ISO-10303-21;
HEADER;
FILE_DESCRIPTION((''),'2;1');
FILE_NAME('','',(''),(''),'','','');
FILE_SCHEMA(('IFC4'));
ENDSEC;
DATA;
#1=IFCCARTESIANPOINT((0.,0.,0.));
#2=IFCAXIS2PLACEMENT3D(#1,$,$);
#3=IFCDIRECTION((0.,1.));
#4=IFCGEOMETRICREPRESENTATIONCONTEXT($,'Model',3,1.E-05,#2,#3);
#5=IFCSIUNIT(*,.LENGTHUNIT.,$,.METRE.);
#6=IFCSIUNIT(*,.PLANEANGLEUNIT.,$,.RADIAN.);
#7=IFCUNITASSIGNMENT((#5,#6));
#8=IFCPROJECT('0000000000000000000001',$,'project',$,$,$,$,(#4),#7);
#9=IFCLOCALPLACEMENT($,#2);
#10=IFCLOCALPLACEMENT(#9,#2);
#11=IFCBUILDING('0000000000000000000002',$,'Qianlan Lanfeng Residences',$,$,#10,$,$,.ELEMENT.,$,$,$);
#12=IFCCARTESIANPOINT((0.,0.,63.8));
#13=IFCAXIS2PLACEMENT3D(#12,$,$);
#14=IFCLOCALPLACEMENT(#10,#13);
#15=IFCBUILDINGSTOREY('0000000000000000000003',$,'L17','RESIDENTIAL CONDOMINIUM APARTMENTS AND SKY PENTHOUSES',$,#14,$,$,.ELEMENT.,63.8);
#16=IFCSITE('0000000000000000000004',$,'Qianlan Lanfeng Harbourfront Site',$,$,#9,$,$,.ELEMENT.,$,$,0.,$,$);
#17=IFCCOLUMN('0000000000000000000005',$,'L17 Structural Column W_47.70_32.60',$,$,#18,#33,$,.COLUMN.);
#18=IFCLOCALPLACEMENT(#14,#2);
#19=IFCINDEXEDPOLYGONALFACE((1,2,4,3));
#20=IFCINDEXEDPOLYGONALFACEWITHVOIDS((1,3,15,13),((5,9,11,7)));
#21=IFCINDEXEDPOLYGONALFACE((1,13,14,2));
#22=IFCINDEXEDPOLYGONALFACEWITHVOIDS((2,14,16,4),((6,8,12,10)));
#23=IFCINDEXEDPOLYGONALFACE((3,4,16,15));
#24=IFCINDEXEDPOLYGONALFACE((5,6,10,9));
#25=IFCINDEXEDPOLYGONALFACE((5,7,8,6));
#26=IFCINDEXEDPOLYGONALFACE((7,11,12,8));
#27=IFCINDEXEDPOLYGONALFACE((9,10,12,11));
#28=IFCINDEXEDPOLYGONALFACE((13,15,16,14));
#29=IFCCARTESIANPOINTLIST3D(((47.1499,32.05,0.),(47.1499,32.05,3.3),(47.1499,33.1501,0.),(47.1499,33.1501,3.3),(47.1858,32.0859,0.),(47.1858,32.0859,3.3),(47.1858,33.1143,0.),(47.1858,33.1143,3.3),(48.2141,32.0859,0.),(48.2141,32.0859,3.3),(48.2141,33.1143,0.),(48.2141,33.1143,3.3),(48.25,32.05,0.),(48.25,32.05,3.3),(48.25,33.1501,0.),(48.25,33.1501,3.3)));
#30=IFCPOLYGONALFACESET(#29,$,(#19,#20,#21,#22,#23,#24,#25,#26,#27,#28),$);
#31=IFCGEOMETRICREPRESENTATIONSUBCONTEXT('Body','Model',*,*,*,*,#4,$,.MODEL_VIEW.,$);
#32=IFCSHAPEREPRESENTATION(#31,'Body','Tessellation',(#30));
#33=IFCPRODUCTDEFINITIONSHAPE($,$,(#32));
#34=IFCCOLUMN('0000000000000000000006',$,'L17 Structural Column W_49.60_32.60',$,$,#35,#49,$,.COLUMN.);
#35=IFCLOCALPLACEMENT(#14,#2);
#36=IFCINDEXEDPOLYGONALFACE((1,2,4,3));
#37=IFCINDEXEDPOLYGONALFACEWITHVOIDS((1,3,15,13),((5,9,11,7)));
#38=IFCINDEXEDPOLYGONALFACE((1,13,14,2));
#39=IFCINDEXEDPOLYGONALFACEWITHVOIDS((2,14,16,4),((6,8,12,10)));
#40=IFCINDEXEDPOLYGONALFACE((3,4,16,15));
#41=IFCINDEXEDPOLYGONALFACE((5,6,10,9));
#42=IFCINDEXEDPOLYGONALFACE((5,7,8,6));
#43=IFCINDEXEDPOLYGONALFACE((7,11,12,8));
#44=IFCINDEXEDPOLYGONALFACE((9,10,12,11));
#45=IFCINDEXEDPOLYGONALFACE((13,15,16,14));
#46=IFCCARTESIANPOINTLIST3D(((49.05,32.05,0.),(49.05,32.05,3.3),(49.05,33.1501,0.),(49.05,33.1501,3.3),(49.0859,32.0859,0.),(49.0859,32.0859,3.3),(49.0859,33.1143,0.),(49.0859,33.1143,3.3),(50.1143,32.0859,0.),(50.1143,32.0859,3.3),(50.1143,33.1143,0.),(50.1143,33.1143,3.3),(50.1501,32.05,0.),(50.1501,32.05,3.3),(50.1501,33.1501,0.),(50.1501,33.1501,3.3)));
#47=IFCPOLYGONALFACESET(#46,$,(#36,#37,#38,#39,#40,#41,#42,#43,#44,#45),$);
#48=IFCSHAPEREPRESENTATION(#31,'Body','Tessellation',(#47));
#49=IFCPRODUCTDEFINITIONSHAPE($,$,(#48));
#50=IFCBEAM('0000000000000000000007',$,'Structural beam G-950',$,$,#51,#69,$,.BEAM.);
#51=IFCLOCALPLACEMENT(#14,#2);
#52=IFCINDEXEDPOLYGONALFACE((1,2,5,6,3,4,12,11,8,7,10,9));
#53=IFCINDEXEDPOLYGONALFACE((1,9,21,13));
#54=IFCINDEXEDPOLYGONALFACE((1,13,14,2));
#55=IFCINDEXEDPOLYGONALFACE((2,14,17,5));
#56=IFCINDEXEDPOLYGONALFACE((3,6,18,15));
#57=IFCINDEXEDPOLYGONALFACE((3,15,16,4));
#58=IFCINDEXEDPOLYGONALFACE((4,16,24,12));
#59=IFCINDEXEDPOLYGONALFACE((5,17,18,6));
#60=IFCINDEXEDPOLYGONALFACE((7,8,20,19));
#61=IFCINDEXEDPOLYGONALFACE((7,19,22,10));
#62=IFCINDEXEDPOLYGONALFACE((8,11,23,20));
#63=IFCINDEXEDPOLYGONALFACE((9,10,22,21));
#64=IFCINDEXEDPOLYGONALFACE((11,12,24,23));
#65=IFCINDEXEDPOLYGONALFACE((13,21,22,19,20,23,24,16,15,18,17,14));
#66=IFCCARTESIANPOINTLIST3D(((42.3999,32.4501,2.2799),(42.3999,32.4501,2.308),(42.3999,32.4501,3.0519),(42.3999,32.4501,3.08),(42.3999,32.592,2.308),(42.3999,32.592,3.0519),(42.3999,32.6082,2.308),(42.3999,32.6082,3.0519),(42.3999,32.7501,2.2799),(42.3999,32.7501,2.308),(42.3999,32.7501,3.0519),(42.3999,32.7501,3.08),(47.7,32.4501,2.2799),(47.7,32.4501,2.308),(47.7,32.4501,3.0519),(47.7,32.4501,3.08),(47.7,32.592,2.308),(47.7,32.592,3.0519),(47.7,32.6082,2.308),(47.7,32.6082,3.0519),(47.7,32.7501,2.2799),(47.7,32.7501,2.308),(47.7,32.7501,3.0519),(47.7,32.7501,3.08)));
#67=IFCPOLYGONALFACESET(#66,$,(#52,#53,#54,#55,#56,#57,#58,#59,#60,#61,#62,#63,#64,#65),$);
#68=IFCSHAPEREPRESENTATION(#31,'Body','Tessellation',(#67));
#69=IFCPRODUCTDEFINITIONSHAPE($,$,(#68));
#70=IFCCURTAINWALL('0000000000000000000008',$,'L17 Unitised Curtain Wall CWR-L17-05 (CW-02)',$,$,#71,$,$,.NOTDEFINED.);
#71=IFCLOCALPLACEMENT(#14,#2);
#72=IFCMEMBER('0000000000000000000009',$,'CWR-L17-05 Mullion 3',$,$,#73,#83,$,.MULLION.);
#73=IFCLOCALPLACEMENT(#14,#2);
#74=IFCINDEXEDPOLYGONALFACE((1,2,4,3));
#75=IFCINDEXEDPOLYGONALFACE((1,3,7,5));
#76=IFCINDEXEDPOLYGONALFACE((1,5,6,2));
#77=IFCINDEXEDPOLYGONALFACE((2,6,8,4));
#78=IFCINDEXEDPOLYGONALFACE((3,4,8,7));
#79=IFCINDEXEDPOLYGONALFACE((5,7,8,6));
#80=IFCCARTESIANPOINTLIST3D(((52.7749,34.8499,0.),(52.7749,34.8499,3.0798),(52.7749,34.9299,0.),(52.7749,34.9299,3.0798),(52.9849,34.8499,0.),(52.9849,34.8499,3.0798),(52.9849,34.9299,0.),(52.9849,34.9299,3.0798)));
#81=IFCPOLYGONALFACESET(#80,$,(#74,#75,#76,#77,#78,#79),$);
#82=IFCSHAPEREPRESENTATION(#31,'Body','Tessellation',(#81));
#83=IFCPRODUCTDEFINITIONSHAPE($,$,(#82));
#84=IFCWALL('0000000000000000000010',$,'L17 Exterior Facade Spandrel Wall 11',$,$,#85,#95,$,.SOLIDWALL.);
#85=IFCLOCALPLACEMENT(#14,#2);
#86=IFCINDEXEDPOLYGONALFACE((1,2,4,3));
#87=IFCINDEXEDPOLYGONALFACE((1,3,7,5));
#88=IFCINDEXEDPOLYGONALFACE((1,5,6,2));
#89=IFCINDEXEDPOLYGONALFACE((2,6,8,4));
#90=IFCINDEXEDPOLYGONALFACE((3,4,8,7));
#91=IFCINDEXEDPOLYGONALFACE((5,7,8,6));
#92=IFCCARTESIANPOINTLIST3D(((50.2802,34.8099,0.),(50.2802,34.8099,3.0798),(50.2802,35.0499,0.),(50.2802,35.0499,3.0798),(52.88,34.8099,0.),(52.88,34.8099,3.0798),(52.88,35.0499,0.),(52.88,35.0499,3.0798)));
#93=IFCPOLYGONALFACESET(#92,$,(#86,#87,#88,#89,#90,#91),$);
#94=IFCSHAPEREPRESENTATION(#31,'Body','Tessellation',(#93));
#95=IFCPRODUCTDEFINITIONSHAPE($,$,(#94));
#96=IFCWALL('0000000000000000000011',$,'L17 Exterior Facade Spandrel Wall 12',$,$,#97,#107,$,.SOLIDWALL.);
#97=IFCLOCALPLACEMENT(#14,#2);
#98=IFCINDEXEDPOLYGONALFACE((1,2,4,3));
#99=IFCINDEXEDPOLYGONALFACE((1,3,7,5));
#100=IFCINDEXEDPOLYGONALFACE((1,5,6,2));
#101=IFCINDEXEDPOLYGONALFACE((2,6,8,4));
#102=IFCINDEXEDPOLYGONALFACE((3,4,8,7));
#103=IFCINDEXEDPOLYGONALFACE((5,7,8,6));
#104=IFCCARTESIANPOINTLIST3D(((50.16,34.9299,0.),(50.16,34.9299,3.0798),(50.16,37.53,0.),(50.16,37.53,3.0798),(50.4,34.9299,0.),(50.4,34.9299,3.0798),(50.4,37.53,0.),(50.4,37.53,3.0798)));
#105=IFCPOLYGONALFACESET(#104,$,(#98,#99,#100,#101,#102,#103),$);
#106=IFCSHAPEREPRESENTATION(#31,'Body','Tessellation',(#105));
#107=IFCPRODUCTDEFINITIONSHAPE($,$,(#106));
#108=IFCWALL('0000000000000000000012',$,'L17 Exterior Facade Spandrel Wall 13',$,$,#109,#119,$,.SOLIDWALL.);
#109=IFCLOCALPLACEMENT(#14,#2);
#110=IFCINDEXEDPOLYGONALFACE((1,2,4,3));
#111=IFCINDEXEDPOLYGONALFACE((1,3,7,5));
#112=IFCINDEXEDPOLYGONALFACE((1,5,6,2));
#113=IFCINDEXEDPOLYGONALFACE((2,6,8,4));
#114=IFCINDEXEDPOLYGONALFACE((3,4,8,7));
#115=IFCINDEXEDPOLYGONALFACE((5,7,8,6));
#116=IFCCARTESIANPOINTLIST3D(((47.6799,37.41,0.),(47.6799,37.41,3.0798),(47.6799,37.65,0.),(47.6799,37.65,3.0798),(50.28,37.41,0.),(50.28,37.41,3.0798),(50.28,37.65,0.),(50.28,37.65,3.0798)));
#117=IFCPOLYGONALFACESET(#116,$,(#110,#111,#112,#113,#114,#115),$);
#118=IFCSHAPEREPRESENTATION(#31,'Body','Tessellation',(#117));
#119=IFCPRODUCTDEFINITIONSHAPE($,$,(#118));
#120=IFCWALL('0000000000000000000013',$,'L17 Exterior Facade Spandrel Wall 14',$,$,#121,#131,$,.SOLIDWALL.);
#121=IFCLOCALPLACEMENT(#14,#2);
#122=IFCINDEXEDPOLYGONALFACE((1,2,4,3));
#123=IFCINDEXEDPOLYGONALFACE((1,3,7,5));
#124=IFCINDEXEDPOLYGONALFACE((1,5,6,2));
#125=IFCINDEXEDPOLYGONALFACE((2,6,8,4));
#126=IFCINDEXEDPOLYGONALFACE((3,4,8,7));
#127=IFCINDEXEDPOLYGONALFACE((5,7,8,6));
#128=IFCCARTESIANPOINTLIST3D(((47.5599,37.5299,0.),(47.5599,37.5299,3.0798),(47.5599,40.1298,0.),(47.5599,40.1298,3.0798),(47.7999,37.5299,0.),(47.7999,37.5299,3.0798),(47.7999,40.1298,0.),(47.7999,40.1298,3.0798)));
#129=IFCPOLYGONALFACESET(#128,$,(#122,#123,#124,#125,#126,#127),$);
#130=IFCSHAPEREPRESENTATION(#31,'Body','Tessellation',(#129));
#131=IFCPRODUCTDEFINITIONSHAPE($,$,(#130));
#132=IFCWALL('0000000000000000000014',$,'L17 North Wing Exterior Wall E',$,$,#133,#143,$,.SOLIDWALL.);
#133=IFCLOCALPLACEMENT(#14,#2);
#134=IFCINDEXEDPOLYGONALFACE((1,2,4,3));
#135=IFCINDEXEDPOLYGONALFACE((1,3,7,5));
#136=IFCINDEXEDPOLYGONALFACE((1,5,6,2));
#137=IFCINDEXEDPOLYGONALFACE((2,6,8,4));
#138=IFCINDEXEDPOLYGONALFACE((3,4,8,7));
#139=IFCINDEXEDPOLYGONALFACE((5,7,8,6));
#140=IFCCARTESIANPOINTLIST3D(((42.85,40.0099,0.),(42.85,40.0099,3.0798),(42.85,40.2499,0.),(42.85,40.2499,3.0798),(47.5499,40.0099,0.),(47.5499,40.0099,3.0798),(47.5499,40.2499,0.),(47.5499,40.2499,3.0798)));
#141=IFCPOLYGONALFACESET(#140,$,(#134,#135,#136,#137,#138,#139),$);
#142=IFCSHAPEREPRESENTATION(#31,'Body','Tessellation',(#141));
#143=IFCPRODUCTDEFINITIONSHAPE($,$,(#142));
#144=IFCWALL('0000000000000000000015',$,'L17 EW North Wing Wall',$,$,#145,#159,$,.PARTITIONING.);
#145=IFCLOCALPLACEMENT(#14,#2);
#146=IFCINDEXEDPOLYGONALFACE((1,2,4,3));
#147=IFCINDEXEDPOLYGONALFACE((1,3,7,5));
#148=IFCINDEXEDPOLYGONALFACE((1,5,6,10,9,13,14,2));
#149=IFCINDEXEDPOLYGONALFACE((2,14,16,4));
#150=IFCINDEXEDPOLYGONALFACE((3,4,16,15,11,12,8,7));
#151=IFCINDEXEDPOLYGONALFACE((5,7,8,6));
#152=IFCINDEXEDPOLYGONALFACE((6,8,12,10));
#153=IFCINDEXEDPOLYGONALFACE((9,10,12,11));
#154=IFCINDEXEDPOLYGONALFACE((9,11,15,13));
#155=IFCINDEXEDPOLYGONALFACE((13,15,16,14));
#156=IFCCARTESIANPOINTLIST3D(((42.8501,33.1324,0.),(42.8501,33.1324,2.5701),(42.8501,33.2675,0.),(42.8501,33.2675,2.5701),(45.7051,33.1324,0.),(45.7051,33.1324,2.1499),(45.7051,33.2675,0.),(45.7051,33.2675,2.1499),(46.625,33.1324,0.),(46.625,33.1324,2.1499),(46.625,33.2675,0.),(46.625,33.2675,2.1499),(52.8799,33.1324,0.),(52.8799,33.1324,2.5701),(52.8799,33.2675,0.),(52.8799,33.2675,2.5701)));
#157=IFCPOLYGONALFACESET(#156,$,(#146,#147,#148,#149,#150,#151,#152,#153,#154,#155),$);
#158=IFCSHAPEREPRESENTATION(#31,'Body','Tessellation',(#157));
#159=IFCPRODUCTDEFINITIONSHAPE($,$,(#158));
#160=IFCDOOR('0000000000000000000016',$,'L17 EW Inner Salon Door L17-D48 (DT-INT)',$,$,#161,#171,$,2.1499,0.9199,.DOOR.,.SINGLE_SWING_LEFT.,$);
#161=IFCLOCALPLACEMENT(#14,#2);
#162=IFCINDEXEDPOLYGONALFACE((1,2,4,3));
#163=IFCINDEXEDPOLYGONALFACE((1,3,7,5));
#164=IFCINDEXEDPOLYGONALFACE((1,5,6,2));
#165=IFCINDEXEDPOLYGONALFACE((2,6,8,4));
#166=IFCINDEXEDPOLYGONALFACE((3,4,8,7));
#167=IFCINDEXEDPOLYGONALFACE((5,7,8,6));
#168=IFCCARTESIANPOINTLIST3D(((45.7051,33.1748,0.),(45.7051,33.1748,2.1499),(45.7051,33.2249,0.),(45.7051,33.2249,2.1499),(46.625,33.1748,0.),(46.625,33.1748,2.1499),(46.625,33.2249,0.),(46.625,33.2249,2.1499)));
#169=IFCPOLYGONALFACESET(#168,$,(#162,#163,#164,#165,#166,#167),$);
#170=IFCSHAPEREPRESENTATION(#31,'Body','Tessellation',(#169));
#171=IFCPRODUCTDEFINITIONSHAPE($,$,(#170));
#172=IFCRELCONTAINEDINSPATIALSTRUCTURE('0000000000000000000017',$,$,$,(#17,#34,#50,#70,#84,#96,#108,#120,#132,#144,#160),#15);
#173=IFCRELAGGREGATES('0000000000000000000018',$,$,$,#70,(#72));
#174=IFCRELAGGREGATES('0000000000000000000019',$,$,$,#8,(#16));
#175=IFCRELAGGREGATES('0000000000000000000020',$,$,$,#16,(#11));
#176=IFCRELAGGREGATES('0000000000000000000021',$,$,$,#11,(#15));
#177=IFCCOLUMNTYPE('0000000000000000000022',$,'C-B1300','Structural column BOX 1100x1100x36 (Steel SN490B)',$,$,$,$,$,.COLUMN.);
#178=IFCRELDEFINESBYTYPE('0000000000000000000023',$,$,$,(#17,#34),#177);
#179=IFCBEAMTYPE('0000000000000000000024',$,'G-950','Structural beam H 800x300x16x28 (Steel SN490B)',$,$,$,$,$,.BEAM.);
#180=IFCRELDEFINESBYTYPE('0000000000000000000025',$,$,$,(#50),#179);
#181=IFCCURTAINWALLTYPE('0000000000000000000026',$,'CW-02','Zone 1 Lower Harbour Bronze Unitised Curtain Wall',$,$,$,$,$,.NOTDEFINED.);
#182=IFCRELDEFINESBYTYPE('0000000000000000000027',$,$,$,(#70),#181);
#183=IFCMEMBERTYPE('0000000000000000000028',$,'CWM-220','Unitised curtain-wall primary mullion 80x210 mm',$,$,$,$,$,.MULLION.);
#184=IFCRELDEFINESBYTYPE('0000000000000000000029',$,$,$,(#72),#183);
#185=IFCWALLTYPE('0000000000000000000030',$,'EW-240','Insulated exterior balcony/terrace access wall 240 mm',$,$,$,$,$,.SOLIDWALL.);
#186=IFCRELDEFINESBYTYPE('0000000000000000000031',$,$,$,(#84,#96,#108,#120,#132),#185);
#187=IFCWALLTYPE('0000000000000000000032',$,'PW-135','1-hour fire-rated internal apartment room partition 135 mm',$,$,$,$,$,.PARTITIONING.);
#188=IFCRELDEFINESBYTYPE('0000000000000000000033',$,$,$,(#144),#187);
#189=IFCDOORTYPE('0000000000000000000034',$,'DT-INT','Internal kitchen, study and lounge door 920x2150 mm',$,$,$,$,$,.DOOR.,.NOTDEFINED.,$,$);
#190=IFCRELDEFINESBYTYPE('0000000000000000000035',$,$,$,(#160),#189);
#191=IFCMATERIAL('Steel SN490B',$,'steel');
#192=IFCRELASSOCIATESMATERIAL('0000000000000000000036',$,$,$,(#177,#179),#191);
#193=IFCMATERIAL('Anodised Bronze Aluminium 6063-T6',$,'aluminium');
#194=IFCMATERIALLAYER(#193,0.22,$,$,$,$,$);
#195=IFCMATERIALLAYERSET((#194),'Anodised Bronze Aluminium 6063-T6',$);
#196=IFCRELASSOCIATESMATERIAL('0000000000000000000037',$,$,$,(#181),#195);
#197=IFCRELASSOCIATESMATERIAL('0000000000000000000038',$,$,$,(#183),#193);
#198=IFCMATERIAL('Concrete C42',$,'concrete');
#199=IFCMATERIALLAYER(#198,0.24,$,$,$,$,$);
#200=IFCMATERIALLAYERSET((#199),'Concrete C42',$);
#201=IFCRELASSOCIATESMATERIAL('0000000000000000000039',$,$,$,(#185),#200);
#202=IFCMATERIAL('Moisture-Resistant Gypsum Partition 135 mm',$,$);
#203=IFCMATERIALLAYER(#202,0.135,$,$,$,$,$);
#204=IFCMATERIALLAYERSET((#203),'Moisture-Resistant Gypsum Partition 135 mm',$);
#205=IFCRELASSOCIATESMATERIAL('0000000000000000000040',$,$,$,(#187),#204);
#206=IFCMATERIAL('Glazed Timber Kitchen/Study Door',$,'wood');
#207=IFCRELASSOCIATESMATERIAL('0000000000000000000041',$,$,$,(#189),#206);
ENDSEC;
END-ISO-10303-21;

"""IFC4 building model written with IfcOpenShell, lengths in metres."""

from ifc_helpers import new_model, si_unit, direction, frame, frame_2d, origin, origin_2d, place, context, subcontext, project, spatial, rectangle, hollow_rectangle, i_section, extrude, source, transform, mapped, material, layer, layer_set, material_profile, profile_set, type_object, element, fill, aggregate, save


model = new_model("IFC4")

# Units and contexts
model_context = context("Model", 3, precision=1e-05, world=origin(), true_north=direction((0.0, 1.0)))
body_context = subcontext(model_context, "Body", "Model", "MODEL_VIEW")
ifc_project = project(units=[si_unit("LENGTHUNIT", "METRE"), si_unit("PLANEANGLEUNIT", "RADIAN")], contexts=[model_context])

# Site, building, storey
site_placement = place(None, origin())
site = spatial("IfcSite", under=ifc_project, at=site_placement, Name="Qianlan Lanfeng Harbourfront Site", CompositionType="ELEMENT", RefElevation=0.0)
building_placement = place(site_placement, origin())
building = spatial("IfcBuilding", under=site, at=building_placement, Name="Qianlan Lanfeng Residences", CompositionType="ELEMENT")
storey_placement = place(building_placement, frame((0.0, 0.0, 63.8)))
storey = spatial("IfcBuildingStorey", under=building, at=storey_placement, Name="L17", Description="RESIDENTIAL CONDOMINIUM APARTMENTS AND SKY PENTHOUSES", CompositionType="ELEMENT", Elevation=63.8)

# Columns
ifc_material_1 = material(Name="Steel SN490B", Category="steel")
ifc_material_profile_1 = material_profile(ifc_material_1, hollow_rectangle(XDim=1.1001, YDim=1.1001, WallThickness=0.0359, at=origin_2d()), Name="BOX 1100x1100x36")
ifc_profile_set_1 = profile_set([ifc_material_profile_1], Name="Steel SN490B")
column_type = type_object("IfcColumnType", Name="C-B1300", Description="Structural column BOX 1100x1100x36 (Steel SN490B)", PredefinedType="COLUMN", material=ifc_profile_set_1)
for number, where, z_axis, x_axis, name in (
    (1, (47.7, 32.6001, 0.0), (0.0, 0.0, 1.0), (1.0, 0.0, 0.0), "L17 Structural Column W_47.70_32.60"),
    (2, (49.6001, 32.6001, 0.0), (0.0, 0.0, 1.0), (1.0, 0.0, 0.0), "L17 Structural Column W_49.60_32.60"),
):
    element("IfcColumn", number, at=place(storey_placement, frame(where, z_axis=z_axis, x_axis=x_axis)), inside=storey, type_object=column_type, Name=name, PredefinedType="COLUMN", context=body_context, shape_type="SweptSolid", body=[
        extrude(hollow_rectangle(XDim=1.1001, YDim=1.1001, WallThickness=0.0359, at=origin_2d()), origin(), (0.0, 0.0, 1.0), 3.3),
    ])

# Beam
ifc_material_profile_2 = material_profile(ifc_material_1, i_section(OverallWidth=0.3, OverallDepth=0.8, WebThickness=0.0161, FlangeThickness=0.0281, at=origin_2d()), Name="H 800x300x16x28")
ifc_profile_set_2 = profile_set([ifc_material_profile_2], Name="Steel SN490B")
beam_type = type_object("IfcBeamType", Name="G-950", Description="Structural beam H 800x300x16x28 (Steel SN490B)", PredefinedType="BEAM", material=ifc_profile_set_2)
beam_placement = place(storey_placement, frame((42.3999, 32.6001, 2.6799), z_axis=(1.0, 0.0, 0.0), x_axis=(0.0, 1.0, 0.0)))
element("IfcBeam", 3, at=beam_placement, inside=storey, type_object=beam_type, Name="Structural beam G-950", PredefinedType="BEAM", context=body_context, shape_type="SweptSolid", body=[
    extrude(i_section(OverallWidth=0.3, OverallDepth=0.8, WebThickness=0.0161, FlangeThickness=0.0281, at=origin_2d()), origin(), (0.0, 0.0, 1.0), 5.3),
])

# Curtain wall, member
ifc_material_2 = material(Name="Anodised Bronze Aluminium 6063-T6", Category="aluminium")
ifc_layer_1 = layer(ifc_material_2, 0.22)
ifc_layer_set_1 = layer_set([ifc_layer_1], Name="Anodised Bronze Aluminium 6063-T6")
curtain_wall_type = type_object("IfcCurtainWallType", Name="CW-02", Description="Zone 1 Lower Harbour Bronze Unitised Curtain Wall", PredefinedType="NOTDEFINED", material=ifc_layer_set_1)
curtain_wall_placement = place(storey_placement, origin())
curtain_wall = element("IfcCurtainWall", 4, at=curtain_wall_placement, inside=storey, type_object=curtain_wall_type, Name="L17 Unitised Curtain Wall CWR-L17-05 (CW-02)", PredefinedType="NOTDEFINED")
ifc_material_profile_3 = material_profile(ifc_material_2, rectangle(XDim=0.0801, YDim=0.21, at=origin_2d()), Name="ALU MULLION 80x210")
ifc_profile_set_3 = profile_set([ifc_material_profile_3], Name="Anodised Bronze Aluminium 6063-T6")
member_type = type_object("IfcMemberType", Name="CWM-220", Description="Unitised curtain-wall primary mullion 80x210 mm", PredefinedType="MULLION", material=ifc_profile_set_3)
shared_shape_1 = source(origin(), body_context, "Body", "SweptSolid", [
    extrude(rectangle(XDim=0.0801, YDim=0.21, at=origin_2d()), origin(), (0.0, 0.0, 1.0), 3.0798),
])
member_placement = place(storey_placement, frame((52.8799, 34.8899, 0.0), z_axis=(0.0, 0.0, 1.0), x_axis=(0.0, 1.0, 0.0)))
member = element("IfcMember", 5, at=member_placement, type_object=member_type, Name="CWR-L17-05 Mullion 3", PredefinedType="MULLION", context=body_context, shape_type="MappedRepresentation", body=[
    mapped(shared_shape_1, transform((0.0, 0.0, 0.0), scale=1.0)),
])
aggregate(curtain_wall, [member])

# Walls
ifc_material_3 = material(Name="Concrete C42", Category="concrete")
ifc_layer_2 = layer(ifc_material_3, 0.24)
ifc_layer_set_2 = layer_set([ifc_layer_2], Name="Concrete C42")
wall_type_1 = type_object("IfcWallType", Name="EW-240", Description="Insulated exterior balcony/terrace access wall 240 mm", PredefinedType="SOLIDWALL", material=ifc_layer_set_2)
wall_1_placement = place(storey_placement, frame((52.8799, 34.9299, 0.0), z_axis=(0.0, 0.0, 1.0), x_axis=(-1.0, 0.0, 0.0)))
element("IfcWall", 6, at=wall_1_placement, inside=storey, type_object=wall_type_1, Name="L17 Exterior Facade Spandrel Wall 11", PredefinedType="SOLIDWALL", context=body_context, shape_type="SweptSolid", body=[
    extrude(rectangle(XDim=2.5999, YDim=0.24, at=frame_2d((1.2998, 0.0))), origin(), (0.0, 0.0, 1.0), 3.0798),
])
for number, where, z_axis, x_axis, name in (
    (7, (50.28, 34.9299, 0.0), (0.0, 0.0, 1.0), (0.0, 1.0, 0.0), "L17 Exterior Facade Spandrel Wall 12"),
    (8, (50.28, 37.53, 0.0), (0.0, 0.0, 1.0), (-1.0, 0.0, 0.0), "L17 Exterior Facade Spandrel Wall 13"),
):
    element("IfcWall", number, at=place(storey_placement, frame(where, z_axis=z_axis, x_axis=x_axis)), inside=storey, type_object=wall_type_1, Name=name, PredefinedType="SOLIDWALL", context=body_context, shape_type="SweptSolid", body=[
        extrude(rectangle(XDim=2.6001, YDim=0.24, at=frame_2d((1.3, 0.0))), origin(), (0.0, 0.0, 1.0), 3.0798),
    ])
wall_2_placement = place(storey_placement, frame((47.6799, 37.53, 0.0), z_axis=(0.0, 0.0, 1.0), x_axis=(0.0, 1.0, 0.0)))
element("IfcWall", 9, at=wall_2_placement, inside=storey, type_object=wall_type_1, Name="L17 Exterior Facade Spandrel Wall 14", PredefinedType="SOLIDWALL", context=body_context, shape_type="SweptSolid", body=[
    extrude(rectangle(XDim=2.5999, YDim=0.24, at=frame_2d((1.2998, 0.0))), origin(), (0.0, 0.0, 1.0), 3.0798),
])
wall_3_placement = place(storey_placement, frame((47.55, 40.1299, 0.0), z_axis=(0.0, 0.0, 1.0), x_axis=(-1.0, 0.0, 0.0)))
element("IfcWall", 10, at=wall_3_placement, inside=storey, type_object=wall_type_1, Name="L17 North Wing Exterior Wall E", PredefinedType="SOLIDWALL", context=body_context, shape_type="SweptSolid", body=[
    extrude(rectangle(XDim=4.7, YDim=0.24, at=frame_2d((2.3501, 0.0))), origin(), (0.0, 0.0, 1.0), 3.0798),
])

# Wall, opening, door
ifc_material_4 = material(Name="Moisture-Resistant Gypsum Partition 135 mm")
ifc_layer_3 = layer(ifc_material_4, 0.135)
ifc_layer_set_3 = layer_set([ifc_layer_3], Name="Moisture-Resistant Gypsum Partition 135 mm")
wall_type_2 = type_object("IfcWallType", Name="PW-135", Description="1-hour fire-rated internal apartment room partition 135 mm", PredefinedType="PARTITIONING", material=ifc_layer_set_3)
wall_4_placement = place(storey_placement, frame((42.8501, 33.2, 0.0), z_axis=(0.0, 0.0, 1.0), x_axis=(1.0, 0.0, 0.0)))
wall_4 = element("IfcWall", 11, at=wall_4_placement, inside=storey, type_object=wall_type_2, Name="L17 EW North Wing Wall", PredefinedType="PARTITIONING", context=body_context, shape_type="SweptSolid", body=[
    extrude(rectangle(XDim=10.0298, YDim=0.135, at=frame_2d((5.0149, 0.0))), origin(), (0.0, 0.0, 1.0), 2.5701),
])
opening_placement = place(wall_4_placement, frame((2.855, 0.0, 0.0)))
opening = element("IfcOpeningElement", 12, at=opening_placement, cuts=wall_4, PredefinedType="OPENING", context=body_context, shape_type="SweptSolid", body=[
    extrude(rectangle(XDim=0.9199, YDim=2.1499, at=frame_2d((0.46, 1.075))), frame((0.0, 0.0776, 0.0), z_axis=(0.0, -1.0, 0.0), x_axis=(1.0, 0.0, 0.0)), (0.0, 0.0, 1.0), 0.155),
])
ifc_material_5 = material(Name="Glazed Timber Kitchen/Study Door", Category="wood")
door_type = type_object("IfcDoorType", Name="DT-INT", Description="Internal kitchen, study and lounge door 920x2150 mm", OperationType="NOTDEFINED", PredefinedType="DOOR", material=ifc_material_5)
door_placement = place(opening_placement, origin())
door = element("IfcDoor", 13, at=door_placement, inside=storey, type_object=door_type, Name="L17 EW Inner Salon Door L17-D48 (DT-INT)", OperationType="SINGLE_SWING_LEFT", OverallHeight=2.1499, OverallWidth=0.9199, PredefinedType="DOOR", context=body_context, shape_type="SweptSolid", body=[
    extrude(rectangle(XDim=0.9199, YDim=2.1499, at=frame_2d((0.46, 1.075))), frame((0.0, 0.0249, 0.0), z_axis=(0.0, -1.0, 0.0), x_axis=(1.0, 0.0, 0.0)), (0.0, 0.0, 1.0), 0.05),
])
fill(opening, door)

save(model, "model.ifc")
